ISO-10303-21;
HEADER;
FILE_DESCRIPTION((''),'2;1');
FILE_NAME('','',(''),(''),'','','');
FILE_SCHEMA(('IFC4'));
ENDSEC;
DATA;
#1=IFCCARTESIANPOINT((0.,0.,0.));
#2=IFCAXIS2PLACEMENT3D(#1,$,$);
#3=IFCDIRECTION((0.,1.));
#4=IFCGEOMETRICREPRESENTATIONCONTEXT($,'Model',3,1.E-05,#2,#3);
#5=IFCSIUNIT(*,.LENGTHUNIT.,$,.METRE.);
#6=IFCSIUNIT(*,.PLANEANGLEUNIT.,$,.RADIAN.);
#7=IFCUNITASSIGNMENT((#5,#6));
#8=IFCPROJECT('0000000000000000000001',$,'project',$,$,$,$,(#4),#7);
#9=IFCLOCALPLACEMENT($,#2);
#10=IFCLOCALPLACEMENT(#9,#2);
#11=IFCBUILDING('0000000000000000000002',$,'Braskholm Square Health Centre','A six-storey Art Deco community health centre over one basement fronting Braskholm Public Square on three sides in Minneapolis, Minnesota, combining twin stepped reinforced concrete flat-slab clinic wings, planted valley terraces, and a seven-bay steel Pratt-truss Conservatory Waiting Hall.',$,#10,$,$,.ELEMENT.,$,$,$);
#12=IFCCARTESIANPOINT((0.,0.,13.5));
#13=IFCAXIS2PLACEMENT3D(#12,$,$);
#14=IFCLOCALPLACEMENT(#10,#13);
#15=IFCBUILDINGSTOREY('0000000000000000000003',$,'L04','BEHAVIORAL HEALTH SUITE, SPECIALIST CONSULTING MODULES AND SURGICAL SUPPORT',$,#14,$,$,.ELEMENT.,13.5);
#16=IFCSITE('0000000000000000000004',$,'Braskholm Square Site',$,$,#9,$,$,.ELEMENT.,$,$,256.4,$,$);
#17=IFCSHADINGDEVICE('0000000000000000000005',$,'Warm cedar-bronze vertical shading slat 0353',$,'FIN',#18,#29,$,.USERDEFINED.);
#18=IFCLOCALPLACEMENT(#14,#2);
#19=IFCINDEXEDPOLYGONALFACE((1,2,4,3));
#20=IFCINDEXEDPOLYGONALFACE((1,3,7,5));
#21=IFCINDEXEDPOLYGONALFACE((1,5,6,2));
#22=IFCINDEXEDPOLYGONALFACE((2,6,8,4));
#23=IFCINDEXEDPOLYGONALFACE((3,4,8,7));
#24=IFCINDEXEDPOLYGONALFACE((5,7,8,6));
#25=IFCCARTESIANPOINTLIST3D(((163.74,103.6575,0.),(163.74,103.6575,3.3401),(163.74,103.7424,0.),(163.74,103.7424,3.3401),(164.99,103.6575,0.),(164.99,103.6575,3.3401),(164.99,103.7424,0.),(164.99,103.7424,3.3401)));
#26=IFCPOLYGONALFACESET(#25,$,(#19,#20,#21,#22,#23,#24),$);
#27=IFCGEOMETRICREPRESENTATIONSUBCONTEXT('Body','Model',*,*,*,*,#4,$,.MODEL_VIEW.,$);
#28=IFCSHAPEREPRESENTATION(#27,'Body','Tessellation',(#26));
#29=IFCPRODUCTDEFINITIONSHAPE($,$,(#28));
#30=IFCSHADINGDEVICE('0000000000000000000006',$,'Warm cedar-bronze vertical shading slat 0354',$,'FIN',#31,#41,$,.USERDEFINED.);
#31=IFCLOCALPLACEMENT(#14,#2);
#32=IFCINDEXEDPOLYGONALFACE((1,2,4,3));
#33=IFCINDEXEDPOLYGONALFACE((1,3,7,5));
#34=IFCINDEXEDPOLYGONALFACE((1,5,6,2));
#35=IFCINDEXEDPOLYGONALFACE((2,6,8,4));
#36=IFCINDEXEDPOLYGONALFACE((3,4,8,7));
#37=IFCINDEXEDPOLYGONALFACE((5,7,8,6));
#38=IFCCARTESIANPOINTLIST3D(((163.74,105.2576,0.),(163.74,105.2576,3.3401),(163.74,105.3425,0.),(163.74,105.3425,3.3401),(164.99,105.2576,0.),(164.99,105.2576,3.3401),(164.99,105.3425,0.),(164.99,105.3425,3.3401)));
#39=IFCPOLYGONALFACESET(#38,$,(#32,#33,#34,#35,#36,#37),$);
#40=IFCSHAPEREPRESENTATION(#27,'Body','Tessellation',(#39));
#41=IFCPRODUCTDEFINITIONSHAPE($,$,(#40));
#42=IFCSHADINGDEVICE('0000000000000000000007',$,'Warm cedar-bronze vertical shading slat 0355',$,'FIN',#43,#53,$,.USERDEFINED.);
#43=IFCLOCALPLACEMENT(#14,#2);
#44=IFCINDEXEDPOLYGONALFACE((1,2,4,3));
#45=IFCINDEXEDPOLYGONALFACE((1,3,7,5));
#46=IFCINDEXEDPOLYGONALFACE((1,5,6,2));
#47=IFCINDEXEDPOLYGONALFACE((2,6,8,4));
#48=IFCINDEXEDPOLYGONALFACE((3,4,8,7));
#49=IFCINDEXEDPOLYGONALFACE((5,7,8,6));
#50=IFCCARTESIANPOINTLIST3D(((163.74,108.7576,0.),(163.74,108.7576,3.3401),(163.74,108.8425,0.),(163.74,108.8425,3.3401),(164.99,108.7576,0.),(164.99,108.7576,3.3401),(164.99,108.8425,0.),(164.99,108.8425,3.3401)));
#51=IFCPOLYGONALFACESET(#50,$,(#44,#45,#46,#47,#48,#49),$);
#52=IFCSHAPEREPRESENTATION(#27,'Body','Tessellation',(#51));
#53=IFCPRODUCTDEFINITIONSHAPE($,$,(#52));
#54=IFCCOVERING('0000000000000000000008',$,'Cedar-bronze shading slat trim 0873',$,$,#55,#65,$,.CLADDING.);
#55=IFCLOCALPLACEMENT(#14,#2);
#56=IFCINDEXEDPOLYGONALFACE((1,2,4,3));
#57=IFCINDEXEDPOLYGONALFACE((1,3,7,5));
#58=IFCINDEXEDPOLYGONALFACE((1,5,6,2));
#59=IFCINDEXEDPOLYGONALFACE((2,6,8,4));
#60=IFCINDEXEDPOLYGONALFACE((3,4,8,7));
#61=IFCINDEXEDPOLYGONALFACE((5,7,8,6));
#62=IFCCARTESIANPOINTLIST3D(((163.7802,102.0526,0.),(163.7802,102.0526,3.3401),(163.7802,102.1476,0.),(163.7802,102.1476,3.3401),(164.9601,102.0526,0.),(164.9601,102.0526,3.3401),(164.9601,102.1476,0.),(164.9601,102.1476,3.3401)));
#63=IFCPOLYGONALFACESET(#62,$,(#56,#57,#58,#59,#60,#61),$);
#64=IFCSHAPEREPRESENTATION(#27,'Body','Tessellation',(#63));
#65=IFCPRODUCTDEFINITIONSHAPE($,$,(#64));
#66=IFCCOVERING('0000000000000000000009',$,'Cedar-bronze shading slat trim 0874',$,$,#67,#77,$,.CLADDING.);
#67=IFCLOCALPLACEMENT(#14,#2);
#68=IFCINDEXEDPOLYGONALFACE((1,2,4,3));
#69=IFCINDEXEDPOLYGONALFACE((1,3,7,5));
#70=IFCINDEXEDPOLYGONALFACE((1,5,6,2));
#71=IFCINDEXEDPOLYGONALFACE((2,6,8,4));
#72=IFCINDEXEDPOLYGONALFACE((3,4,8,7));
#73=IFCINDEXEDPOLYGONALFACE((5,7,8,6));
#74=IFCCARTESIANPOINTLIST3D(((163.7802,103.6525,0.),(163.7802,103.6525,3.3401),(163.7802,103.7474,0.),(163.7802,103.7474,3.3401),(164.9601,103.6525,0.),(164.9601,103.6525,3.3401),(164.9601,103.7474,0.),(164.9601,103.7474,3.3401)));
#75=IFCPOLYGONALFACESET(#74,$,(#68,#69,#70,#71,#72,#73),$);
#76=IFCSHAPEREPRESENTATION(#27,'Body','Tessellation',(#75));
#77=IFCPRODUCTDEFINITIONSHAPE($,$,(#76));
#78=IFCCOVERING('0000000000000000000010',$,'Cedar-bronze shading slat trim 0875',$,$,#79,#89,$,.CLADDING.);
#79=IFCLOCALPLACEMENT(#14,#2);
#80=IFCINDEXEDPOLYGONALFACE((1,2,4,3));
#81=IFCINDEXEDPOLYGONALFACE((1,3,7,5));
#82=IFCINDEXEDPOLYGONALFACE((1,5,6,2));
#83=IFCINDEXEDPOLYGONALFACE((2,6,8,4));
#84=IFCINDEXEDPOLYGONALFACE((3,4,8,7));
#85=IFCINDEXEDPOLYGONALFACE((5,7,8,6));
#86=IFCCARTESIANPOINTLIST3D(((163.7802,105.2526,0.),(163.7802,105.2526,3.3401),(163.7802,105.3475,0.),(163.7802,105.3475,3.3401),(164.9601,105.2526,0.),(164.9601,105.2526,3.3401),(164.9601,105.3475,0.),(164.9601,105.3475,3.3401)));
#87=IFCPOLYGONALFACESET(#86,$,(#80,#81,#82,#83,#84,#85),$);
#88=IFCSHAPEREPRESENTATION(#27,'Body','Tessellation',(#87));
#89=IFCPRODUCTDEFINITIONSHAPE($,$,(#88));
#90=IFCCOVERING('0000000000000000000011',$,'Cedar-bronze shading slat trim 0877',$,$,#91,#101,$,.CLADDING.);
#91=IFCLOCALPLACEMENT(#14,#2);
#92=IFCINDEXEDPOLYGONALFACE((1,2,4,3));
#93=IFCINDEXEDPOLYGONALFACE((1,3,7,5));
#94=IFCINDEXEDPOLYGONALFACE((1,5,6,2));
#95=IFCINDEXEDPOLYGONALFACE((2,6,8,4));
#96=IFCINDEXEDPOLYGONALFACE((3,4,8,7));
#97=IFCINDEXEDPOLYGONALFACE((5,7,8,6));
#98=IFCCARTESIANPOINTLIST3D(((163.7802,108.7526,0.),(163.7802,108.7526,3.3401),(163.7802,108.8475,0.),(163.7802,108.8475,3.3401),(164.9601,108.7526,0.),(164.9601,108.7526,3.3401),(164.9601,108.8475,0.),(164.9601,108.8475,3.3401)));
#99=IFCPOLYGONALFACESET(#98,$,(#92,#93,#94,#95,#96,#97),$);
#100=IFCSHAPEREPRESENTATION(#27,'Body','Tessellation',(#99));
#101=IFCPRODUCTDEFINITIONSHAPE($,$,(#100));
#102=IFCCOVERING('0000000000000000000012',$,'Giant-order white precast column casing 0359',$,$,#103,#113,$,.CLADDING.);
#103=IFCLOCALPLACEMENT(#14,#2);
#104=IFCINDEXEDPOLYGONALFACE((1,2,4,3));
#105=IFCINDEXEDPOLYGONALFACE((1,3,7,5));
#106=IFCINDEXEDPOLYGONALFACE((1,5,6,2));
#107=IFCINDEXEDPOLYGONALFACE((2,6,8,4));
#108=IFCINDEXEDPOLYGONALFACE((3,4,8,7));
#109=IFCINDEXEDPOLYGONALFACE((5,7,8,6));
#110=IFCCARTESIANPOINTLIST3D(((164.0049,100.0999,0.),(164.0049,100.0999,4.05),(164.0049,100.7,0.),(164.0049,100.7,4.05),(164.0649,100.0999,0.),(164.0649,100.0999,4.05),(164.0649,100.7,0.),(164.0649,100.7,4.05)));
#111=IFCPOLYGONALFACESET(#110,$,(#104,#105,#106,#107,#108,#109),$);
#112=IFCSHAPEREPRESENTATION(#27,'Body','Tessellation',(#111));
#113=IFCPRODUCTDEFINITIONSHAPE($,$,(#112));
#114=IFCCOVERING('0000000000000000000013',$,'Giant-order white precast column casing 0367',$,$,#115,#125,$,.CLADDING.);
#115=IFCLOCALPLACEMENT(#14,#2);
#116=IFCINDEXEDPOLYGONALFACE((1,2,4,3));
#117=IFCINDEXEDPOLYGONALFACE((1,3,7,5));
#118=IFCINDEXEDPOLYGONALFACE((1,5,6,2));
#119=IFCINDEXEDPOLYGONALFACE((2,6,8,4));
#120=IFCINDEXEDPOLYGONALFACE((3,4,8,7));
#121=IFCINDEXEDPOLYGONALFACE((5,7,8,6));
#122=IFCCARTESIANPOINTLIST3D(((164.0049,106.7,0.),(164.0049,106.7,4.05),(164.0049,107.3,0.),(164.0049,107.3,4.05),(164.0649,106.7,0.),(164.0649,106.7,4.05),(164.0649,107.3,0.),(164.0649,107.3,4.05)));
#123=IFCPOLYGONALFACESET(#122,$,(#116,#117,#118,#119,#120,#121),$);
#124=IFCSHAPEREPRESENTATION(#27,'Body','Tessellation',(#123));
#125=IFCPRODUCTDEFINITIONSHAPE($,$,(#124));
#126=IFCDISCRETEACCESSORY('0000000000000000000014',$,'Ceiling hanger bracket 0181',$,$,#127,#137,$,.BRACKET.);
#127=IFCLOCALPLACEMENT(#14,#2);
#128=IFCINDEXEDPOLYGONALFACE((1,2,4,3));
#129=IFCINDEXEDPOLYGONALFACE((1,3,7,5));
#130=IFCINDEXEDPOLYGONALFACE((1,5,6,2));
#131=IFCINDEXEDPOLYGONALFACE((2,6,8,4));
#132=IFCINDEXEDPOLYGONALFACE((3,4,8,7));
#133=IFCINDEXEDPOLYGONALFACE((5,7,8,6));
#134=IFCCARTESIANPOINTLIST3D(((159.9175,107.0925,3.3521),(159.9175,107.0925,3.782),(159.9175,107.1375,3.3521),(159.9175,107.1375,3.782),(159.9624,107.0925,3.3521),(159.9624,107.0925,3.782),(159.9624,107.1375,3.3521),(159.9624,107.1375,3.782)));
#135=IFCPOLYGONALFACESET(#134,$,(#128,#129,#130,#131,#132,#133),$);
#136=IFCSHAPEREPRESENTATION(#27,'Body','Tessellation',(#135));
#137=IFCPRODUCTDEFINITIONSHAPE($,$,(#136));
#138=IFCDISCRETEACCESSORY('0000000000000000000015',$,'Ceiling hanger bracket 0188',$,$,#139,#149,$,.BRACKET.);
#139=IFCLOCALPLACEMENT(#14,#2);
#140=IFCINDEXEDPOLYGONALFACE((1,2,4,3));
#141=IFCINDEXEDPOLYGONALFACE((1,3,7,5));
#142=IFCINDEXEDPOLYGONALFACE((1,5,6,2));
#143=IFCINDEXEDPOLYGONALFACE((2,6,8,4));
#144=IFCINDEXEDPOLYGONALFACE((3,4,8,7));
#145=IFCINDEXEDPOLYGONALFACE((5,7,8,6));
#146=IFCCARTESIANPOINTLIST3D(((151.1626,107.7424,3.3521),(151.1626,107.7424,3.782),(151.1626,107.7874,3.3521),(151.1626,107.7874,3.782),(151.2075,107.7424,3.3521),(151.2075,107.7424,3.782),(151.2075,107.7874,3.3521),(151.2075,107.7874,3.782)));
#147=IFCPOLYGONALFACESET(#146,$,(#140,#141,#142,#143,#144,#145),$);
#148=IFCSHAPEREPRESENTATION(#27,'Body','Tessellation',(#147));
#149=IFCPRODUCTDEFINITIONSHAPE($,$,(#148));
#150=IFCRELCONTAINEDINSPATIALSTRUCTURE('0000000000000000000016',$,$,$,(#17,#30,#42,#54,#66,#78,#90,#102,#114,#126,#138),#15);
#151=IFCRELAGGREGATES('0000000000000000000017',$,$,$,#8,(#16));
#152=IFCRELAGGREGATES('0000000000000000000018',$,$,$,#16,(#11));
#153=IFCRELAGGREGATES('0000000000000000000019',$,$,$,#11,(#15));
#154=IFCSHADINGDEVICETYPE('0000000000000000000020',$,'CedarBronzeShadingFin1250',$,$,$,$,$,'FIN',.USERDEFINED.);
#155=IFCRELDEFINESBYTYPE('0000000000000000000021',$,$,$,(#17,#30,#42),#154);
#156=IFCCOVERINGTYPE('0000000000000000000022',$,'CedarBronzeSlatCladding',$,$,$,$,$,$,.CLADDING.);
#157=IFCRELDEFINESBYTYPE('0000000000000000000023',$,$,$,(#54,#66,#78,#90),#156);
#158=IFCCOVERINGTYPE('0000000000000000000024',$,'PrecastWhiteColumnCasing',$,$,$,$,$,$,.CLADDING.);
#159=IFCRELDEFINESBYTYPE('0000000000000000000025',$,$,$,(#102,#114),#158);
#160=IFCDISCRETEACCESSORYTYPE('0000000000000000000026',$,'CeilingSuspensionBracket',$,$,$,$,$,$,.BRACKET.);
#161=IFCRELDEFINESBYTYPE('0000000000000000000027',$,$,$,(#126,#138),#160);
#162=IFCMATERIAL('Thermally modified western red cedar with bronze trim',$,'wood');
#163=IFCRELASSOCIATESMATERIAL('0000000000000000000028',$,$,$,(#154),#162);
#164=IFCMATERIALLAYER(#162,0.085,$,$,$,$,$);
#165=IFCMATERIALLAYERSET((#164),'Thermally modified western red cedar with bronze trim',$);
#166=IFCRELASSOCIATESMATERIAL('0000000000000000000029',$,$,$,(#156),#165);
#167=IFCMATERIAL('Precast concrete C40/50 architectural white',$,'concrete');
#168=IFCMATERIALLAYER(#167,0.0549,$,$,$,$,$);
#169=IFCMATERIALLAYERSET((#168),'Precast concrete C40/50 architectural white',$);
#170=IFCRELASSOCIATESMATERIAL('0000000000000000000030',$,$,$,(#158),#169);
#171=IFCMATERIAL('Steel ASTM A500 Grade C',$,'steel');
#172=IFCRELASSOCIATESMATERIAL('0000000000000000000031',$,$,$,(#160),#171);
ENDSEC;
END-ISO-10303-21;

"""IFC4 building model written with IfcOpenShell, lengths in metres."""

from ifc_helpers import new_model, si_unit, direction, frame, origin, origin_2d, place, context, subcontext, project, spatial, rectangle, extrude, material, layer, layer_set, type_object, element, save


model = new_model("IFC4")

# Units and contexts
model_context = context("Model", 3, precision=1e-05, world=origin(), true_north=direction((0.0, 1.0)))
body_context = subcontext(model_context, "Body", "Model", "MODEL_VIEW")
ifc_project = project(units=[si_unit("LENGTHUNIT", "METRE"), si_unit("PLANEANGLEUNIT", "RADIAN")], contexts=[model_context])

# Site, building, storey
site_placement = place(None, origin())
site = spatial("IfcSite", under=ifc_project, at=site_placement, Name="Braskholm Square Site", CompositionType="ELEMENT", RefElevation=256.4)
building_placement = place(site_placement, origin())
building = spatial("IfcBuilding", under=site, at=building_placement, Name="Braskholm Square Health Centre", Description="A six-storey Art Deco community health centre over one basement fronting Braskholm Public Square on three sides in Minneapolis, Minnesota, combining twin stepped reinforced concrete flat-slab clinic wings, planted valley terraces, and a seven-bay steel Pratt-truss Conservatory Waiting Hall.", CompositionType="ELEMENT")
storey_placement = place(building_placement, frame((0.0, 0.0, 13.5)))
storey = spatial("IfcBuildingStorey", under=building, at=storey_placement, Name="L04", Description="BEHAVIORAL HEALTH SUITE, SPECIALIST CONSULTING MODULES AND SURGICAL SUPPORT", CompositionType="ELEMENT", Elevation=13.5)

# Shared definitions
ifc_material_1 = material(Name="Precast concrete C40/50 architectural white", Category="concrete")

# Shading devices
ifc_material_2 = material(Name="Thermally modified western red cedar with bronze trim", Category="wood")
shading_device_type = type_object("IfcShadingDeviceType", Name="CedarBronzeShadingFin1250", ElementType="FIN", PredefinedType="USERDEFINED", material=ifc_material_2)
for number, where, z_axis, x_axis, name in (
    (1, (164.365, 103.7, 0.0), (0.0, 0.0, 1.0), (1.0, 0.0, 0.0), "Warm cedar-bronze vertical shading slat 0353"),
    (2, (164.365, 105.3, 0.0), (0.0, 0.0, 1.0), (1.0, 0.0, 0.0), "Warm cedar-bronze vertical shading slat 0354"),
    (3, (164.365, 108.8, 0.0), (0.0, 0.0, 1.0), (1.0, 0.0, 0.0), "Warm cedar-bronze vertical shading slat 0355"),
):
    element("IfcShadingDevice", number, at=place(storey_placement, frame(where, z_axis=z_axis, x_axis=x_axis)), inside=storey, type_object=shading_device_type, Name=name, ObjectType="FIN", PredefinedType="USERDEFINED", context=body_context, shape_type="SweptSolid", body=[
        extrude(rectangle(XDim=1.25, YDim=0.085, at=origin_2d()), origin(), (0.0, 0.0, 1.0), 3.3401),
    ])

# Coverings
ifc_layer_1 = layer(ifc_material_2, 0.085)
ifc_layer_set_1 = layer_set([ifc_layer_1], Name="Thermally modified western red cedar with bronze trim")
covering_type_1 = type_object("IfcCoveringType", Name="CedarBronzeSlatCladding", PredefinedType="CLADDING", material=ifc_layer_set_1)
for number, where, z_axis, x_axis, name in (
    (4, (164.3701, 102.1001, 0.0), (0.0, 0.0, 1.0), (1.0, 0.0, 0.0), "Cedar-bronze shading slat trim 0873"),
    (5, (164.3701, 103.7, 0.0), (0.0, 0.0, 1.0), (1.0, 0.0, 0.0), "Cedar-bronze shading slat trim 0874"),
    (6, (164.3701, 105.3, 0.0), (0.0, 0.0, 1.0), (1.0, 0.0, 0.0), "Cedar-bronze shading slat trim 0875"),
    (7, (164.3701, 108.8, 0.0), (0.0, 0.0, 1.0), (1.0, 0.0, 0.0), "Cedar-bronze shading slat trim 0877"),
):
    element("IfcCovering", number, at=place(storey_placement, frame(where, z_axis=z_axis, x_axis=x_axis)), inside=storey, type_object=covering_type_1, Name=name, PredefinedType="CLADDING", context=body_context, shape_type="SweptSolid", body=[
        extrude(rectangle(XDim=1.1799, YDim=0.095, at=origin_2d()), origin(), (0.0, 0.0, 1.0), 3.3401),
    ])
ifc_layer_2 = layer(ifc_material_1, 0.0549)
ifc_layer_set_2 = layer_set([ifc_layer_2], Name="Precast concrete C40/50 architectural white")
covering_type_2 = type_object("IfcCoveringType", Name="PrecastWhiteColumnCasing", PredefinedType="CLADDING", material=ifc_layer_set_2)
for number, where, z_axis, x_axis, name in (
    (8, (164.0349, 100.3999, 0.0), (0.0, 0.0, 1.0), (1.0, 0.0, 0.0), "Giant-order white precast column casing 0359"),
    (9, (164.0349, 107.0, 0.0), (0.0, 0.0, 1.0), (1.0, 0.0, 0.0), "Giant-order white precast column casing 0367"),
):
    element("IfcCovering", number, at=place(storey_placement, frame(where, z_axis=z_axis, x_axis=x_axis)), inside=storey, type_object=covering_type_2, Name=name, PredefinedType="CLADDING", context=body_context, shape_type="SweptSolid", body=[
        extrude(rectangle(XDim=0.0601, YDim=0.6001, at=origin_2d()), origin(), (0.0, 0.0, 1.0), 4.05),
    ])

# Discrete accessories
ifc_material_3 = material(Name="Steel ASTM A500 Grade C", Category="steel")
discrete_accessory_type = type_object("IfcDiscreteAccessoryType", Name="CeilingSuspensionBracket", PredefinedType="BRACKET", material=ifc_material_3)
for number, where, z_axis, x_axis, name in (
    (10, (159.9399, 107.115, 3.3521), (0.0, 0.0, 1.0), (1.0, 0.0, 0.0), "Ceiling hanger bracket 0181"),
    (11, (151.1851, 107.7649, 3.3521), (0.0, 0.0, 1.0), (1.0, 0.0, 0.0), "Ceiling hanger bracket 0188"),
):
    element("IfcDiscreteAccessory", number, at=place(storey_placement, frame(where, z_axis=z_axis, x_axis=x_axis)), inside=storey, type_object=discrete_accessory_type, Name=name, PredefinedType="BRACKET", context=body_context, shape_type="SweptSolid", body=[
        extrude(rectangle(XDim=0.0449, YDim=0.0449, at=origin_2d()), origin(), (0.0, 0.0, 1.0), 0.4299),
    ])

save(model, "model.ifc")
